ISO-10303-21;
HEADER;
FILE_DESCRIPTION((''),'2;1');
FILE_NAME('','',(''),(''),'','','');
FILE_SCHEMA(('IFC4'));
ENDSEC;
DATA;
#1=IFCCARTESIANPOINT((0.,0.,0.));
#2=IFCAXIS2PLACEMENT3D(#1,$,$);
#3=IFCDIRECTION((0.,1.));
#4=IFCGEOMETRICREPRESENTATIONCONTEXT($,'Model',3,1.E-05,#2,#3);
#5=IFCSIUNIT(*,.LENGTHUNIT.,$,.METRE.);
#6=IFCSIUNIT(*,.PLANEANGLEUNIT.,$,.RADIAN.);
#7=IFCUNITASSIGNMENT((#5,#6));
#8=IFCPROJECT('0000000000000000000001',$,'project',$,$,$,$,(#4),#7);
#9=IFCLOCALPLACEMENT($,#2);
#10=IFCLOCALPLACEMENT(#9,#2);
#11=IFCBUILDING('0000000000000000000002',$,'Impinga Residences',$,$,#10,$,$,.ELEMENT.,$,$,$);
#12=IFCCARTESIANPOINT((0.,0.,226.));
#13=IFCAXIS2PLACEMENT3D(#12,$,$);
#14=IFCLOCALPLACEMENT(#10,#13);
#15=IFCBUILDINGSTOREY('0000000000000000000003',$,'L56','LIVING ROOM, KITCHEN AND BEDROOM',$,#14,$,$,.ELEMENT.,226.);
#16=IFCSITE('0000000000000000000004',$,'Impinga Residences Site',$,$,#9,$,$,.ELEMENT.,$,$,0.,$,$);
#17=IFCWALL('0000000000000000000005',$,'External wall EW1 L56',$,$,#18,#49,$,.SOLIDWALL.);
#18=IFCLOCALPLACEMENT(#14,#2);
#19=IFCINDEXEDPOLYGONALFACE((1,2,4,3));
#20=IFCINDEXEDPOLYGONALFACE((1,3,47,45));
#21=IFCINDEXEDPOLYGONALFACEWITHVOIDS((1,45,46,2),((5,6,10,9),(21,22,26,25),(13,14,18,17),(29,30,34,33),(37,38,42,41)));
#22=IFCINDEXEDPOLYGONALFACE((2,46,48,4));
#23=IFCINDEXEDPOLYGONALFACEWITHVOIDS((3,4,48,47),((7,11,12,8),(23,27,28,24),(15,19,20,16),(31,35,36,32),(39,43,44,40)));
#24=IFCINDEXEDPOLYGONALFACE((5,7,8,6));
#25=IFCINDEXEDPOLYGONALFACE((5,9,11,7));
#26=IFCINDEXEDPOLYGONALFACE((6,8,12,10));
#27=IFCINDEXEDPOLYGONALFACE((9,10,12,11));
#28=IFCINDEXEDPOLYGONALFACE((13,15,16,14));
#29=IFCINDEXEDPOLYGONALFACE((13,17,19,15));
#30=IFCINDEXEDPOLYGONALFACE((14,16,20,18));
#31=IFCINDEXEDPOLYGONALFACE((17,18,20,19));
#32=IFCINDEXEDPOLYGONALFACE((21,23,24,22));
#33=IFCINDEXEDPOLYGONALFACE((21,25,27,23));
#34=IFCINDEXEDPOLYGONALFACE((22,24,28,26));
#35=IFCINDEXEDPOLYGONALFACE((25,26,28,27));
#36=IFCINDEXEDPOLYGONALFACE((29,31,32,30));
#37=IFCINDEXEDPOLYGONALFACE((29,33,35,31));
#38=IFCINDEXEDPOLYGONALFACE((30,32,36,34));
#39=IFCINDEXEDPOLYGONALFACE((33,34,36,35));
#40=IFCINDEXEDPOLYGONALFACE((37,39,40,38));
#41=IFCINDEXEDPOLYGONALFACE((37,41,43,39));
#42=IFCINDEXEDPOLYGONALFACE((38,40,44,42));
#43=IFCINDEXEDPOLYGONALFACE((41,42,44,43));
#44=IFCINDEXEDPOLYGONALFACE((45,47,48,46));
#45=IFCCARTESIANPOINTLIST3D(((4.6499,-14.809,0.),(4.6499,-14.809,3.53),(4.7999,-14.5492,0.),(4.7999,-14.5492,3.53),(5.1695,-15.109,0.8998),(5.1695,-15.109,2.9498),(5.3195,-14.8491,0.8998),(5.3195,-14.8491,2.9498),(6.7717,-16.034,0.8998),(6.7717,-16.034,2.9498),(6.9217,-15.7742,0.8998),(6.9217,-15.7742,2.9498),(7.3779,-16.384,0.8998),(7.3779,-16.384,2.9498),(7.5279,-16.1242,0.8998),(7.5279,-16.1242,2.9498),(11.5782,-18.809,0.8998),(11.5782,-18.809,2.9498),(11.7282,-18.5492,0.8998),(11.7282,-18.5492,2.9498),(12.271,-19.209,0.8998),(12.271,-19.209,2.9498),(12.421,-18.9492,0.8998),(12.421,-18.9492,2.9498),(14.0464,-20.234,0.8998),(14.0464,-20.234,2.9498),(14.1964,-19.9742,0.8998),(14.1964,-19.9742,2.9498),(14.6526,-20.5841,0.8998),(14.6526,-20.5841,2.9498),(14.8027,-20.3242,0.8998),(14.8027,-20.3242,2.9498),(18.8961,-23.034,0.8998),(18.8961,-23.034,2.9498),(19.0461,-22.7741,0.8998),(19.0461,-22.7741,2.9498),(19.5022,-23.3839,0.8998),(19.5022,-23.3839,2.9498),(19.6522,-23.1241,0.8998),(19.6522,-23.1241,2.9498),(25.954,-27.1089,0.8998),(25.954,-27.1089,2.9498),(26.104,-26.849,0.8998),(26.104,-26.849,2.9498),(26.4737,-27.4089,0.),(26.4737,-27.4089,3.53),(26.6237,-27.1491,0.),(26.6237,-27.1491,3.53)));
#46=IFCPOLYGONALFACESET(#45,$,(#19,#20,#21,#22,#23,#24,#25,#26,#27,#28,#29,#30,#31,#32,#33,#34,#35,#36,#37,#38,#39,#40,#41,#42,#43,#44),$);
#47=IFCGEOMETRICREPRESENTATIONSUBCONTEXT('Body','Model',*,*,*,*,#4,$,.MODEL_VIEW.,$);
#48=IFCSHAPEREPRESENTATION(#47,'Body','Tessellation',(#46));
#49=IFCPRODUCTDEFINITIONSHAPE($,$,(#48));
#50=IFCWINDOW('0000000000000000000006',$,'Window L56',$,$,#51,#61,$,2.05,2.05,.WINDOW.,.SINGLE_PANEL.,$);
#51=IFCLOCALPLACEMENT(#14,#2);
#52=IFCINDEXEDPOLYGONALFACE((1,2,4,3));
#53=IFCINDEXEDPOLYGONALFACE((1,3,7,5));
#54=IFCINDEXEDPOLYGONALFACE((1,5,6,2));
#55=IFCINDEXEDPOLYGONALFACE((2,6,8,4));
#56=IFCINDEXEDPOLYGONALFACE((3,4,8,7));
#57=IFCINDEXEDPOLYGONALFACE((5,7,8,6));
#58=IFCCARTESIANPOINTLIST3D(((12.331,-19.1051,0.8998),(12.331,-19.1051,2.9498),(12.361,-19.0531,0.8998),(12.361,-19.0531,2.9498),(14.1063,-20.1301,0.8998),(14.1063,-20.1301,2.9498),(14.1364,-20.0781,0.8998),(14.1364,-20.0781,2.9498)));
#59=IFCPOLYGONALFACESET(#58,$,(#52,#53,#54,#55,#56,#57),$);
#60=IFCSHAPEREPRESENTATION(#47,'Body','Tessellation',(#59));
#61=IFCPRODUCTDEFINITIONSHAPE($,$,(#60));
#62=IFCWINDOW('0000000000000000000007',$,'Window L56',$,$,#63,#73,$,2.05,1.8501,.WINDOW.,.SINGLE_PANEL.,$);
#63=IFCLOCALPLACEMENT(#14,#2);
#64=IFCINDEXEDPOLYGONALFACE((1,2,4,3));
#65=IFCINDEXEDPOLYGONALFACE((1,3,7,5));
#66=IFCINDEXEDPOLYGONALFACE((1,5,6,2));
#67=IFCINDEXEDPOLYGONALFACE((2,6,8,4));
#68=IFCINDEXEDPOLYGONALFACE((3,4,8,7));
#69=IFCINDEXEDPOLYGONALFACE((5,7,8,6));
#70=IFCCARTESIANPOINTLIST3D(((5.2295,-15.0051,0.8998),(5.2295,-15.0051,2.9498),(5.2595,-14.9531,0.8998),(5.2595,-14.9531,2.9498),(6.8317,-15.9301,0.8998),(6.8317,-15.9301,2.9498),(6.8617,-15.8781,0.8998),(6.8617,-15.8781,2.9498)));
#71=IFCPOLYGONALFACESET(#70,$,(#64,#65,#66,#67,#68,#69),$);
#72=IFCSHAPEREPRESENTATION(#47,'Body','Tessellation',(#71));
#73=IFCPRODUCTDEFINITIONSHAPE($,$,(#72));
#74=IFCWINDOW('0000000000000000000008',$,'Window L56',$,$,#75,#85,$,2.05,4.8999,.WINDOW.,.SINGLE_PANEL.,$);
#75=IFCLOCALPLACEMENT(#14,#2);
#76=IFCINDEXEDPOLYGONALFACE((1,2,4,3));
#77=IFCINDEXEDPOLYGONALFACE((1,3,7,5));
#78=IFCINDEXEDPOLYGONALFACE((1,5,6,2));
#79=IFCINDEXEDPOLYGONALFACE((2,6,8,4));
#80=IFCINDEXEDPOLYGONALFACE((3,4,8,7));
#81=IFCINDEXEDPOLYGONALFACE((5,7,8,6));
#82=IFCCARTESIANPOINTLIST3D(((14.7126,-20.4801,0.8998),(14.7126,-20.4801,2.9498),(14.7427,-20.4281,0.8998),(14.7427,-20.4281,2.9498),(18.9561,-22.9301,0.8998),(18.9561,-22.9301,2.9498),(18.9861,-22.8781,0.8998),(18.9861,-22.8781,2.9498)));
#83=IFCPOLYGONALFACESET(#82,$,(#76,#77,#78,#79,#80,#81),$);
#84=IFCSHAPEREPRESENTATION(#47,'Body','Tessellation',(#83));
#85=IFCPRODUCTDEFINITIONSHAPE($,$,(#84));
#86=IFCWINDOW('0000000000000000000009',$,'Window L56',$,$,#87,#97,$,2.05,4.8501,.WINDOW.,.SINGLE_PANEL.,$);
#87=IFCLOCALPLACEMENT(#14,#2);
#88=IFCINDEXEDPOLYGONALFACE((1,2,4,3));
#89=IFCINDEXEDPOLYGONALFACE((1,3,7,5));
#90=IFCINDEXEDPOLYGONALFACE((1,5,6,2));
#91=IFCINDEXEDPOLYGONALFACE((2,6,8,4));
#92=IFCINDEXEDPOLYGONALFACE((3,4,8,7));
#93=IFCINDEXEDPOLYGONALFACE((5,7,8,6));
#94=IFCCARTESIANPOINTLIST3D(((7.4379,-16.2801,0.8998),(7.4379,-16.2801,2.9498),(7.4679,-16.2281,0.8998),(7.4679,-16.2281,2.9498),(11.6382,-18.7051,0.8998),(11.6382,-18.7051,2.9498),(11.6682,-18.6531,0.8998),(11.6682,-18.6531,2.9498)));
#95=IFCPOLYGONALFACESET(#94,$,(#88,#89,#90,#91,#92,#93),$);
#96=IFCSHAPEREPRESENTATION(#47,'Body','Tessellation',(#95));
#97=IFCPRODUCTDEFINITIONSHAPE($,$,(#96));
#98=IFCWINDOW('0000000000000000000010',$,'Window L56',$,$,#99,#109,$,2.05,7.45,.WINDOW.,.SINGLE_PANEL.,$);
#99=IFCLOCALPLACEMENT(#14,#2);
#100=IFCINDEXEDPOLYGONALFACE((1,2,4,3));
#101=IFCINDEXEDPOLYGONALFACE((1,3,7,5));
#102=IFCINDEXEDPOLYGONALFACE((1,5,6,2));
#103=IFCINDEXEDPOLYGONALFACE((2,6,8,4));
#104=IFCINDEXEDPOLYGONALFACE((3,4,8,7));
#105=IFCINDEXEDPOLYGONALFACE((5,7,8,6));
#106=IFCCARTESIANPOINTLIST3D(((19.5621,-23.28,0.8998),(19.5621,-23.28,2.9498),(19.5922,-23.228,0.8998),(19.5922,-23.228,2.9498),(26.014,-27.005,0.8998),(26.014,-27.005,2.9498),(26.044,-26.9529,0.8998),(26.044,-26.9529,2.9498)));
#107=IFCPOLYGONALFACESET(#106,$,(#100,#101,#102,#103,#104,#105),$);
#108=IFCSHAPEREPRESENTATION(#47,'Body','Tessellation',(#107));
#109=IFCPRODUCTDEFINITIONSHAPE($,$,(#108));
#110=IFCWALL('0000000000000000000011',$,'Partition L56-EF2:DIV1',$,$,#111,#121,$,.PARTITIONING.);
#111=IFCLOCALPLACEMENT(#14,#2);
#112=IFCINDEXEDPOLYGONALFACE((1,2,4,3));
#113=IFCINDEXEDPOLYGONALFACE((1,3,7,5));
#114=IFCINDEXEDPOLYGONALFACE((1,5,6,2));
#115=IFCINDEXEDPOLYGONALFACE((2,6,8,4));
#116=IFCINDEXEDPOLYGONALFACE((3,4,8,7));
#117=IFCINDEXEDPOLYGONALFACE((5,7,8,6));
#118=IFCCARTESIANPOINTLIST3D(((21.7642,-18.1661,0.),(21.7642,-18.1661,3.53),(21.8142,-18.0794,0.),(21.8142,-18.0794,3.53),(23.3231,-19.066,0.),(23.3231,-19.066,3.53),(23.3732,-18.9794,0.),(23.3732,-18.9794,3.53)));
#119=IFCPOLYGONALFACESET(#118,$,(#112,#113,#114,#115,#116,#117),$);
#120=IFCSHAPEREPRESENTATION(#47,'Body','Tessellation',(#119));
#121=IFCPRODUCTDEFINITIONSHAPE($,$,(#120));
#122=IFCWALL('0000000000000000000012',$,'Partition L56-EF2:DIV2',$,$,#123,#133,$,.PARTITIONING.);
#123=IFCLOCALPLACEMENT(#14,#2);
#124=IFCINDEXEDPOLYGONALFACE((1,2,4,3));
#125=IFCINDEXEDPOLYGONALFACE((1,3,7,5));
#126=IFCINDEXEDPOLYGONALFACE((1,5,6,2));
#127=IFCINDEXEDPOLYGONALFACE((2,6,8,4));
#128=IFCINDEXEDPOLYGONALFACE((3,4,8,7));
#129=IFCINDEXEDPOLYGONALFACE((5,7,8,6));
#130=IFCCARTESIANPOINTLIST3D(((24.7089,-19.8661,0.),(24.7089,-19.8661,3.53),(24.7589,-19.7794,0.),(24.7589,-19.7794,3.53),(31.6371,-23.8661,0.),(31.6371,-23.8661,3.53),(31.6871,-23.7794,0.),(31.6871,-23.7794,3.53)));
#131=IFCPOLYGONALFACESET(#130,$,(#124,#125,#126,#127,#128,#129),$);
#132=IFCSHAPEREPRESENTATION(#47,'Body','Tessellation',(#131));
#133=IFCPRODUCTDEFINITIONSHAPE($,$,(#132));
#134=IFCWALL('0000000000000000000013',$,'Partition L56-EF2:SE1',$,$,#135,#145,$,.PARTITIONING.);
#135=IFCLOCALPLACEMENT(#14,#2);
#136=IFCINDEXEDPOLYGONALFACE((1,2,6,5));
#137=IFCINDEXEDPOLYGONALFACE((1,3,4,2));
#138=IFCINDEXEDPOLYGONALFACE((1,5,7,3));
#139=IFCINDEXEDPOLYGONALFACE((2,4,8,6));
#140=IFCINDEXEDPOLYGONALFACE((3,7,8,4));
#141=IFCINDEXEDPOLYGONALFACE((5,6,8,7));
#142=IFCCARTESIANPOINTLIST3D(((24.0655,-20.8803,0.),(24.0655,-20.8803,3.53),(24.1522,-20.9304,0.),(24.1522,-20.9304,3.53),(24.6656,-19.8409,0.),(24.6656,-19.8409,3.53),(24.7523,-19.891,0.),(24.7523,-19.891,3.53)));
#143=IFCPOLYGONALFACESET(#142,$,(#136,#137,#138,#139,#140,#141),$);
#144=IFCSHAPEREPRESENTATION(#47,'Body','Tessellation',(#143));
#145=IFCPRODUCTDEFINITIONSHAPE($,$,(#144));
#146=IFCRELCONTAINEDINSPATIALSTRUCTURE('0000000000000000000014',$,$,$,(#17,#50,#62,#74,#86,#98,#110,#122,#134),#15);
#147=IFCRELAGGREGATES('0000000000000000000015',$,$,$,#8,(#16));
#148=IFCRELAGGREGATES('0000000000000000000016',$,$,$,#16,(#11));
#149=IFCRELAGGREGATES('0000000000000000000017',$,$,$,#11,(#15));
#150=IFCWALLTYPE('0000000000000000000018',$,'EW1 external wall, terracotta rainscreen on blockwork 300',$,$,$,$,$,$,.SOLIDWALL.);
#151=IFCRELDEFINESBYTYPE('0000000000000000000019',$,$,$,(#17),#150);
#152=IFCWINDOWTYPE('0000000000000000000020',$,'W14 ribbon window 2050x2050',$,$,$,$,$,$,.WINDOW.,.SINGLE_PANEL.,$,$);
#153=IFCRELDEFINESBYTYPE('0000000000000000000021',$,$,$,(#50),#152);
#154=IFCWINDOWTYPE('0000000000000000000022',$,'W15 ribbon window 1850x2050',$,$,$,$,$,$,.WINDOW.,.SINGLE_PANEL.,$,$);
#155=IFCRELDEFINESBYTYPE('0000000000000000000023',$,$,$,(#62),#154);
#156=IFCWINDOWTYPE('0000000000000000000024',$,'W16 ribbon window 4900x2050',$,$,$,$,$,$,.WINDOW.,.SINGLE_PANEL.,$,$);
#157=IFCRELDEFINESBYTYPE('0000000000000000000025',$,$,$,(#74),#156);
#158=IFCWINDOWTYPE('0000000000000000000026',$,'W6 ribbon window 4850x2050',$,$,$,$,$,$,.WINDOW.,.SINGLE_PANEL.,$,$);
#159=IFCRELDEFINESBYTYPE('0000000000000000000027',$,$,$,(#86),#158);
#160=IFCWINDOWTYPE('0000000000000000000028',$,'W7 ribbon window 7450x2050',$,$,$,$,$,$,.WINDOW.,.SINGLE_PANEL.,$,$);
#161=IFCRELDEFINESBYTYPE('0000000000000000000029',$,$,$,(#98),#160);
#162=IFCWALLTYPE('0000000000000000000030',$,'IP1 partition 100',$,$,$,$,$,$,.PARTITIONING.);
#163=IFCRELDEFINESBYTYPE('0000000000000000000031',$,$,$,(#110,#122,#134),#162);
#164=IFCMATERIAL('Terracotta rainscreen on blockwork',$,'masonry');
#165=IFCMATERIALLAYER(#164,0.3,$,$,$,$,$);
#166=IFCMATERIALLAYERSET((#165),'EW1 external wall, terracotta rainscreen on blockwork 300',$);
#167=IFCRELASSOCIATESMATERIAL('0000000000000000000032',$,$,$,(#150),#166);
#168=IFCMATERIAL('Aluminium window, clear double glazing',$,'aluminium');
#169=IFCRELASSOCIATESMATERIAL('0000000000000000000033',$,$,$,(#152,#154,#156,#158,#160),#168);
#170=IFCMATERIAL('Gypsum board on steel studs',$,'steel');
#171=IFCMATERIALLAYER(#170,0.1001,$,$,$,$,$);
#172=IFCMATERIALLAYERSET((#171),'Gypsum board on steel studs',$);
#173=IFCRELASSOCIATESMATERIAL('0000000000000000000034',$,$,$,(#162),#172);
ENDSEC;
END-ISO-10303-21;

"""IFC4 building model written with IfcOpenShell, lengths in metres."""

from ifc_helpers import new_model, si_unit, direction, frame, frame_2d, origin, place, context, subcontext, project, spatial, rectangle, extrude, material, layer, layer_set, type_object, element, fill, save


model = new_model("IFC4")

# Units and contexts
model_context = context("Model", 3, precision=1e-05, world=origin(), true_north=direction((0.0, 1.0)))
body_context = subcontext(model_context, "Body", "Model", "MODEL_VIEW")
ifc_project = project(units=[si_unit("LENGTHUNIT", "METRE"), si_unit("PLANEANGLEUNIT", "RADIAN")], contexts=[model_context])

# Site, building, storey
site_placement = place(None, origin())
site = spatial("IfcSite", under=ifc_project, at=site_placement, Name="Impinga Residences Site", CompositionType="ELEMENT", RefElevation=0.0)
building_placement = place(site_placement, origin())
building = spatial("IfcBuilding", under=site, at=building_placement, Name="Impinga Residences", CompositionType="ELEMENT")
storey_placement = place(building_placement, frame((0.0, 0.0, 226.0)))
storey = spatial("IfcBuildingStorey", under=building, at=storey_placement, Name="L56", Description="LIVING ROOM, KITCHEN AND BEDROOM", CompositionType="ELEMENT", Elevation=226.0)

# Shared definitions
ifc_material_1 = material(Name="Terracotta rainscreen on blockwork", Category="masonry")
ifc_layer_1 = layer(ifc_material_1, 0.3)
ifc_layer_set_1 = layer_set([ifc_layer_1], Name="EW1 external wall, terracotta rainscreen on blockwork 300")
wall_type_1 = type_object("IfcWallType", Name="EW1 external wall, terracotta rainscreen on blockwork 300", PredefinedType="SOLIDWALL", material=ifc_layer_set_1)

# Wall, openings, windows
wall_1_placement = place(storey_placement, frame((26.5488, -27.2791, 0.0), z_axis=(0.0, 0.0, 1.0), x_axis=(-0.866027, 0.499998, 0.0)))
wall_1 = element("IfcWall", 1, at=wall_1_placement, inside=storey, type_object=wall_type_1, Name="External wall EW1 L56", PredefinedType="SOLIDWALL", context=body_context, shape_type="SweptSolid", body=[
    extrude(rectangle(XDim=25.2, YDim=0.3, at=frame_2d((12.6001, 0.0))), origin(), (0.0, 0.0, 1.0), 3.53),
])
opening_1_placement = place(wall_1_placement, frame((0.6001, 0.0, 0.8999)))
opening_1 = element("IfcOpeningElement", 2, at=opening_1_placement, cuts=wall_1, PredefinedType="OPENING", context=body_context, shape_type="SweptSolid", body=[
    extrude(rectangle(XDim=7.45, YDim=2.05, at=frame_2d((3.7251, 1.0249))), frame((0.0, 0.1599, 0.0), z_axis=(0.0, -1.0, 0.0), x_axis=(1.0, 0.0, 0.0)), (0.0, 0.0, 1.0), 0.3201),
])
opening_2_placement = place(wall_1_placement, frame((8.75, 0.0, 0.8999)))
opening_2 = element("IfcOpeningElement", 3, at=opening_2_placement, cuts=wall_1, PredefinedType="OPENING", context=body_context, shape_type="SweptSolid", body=[
    extrude(rectangle(XDim=4.8999, YDim=2.05, at=frame_2d((2.45, 1.0249))), frame((0.0, 0.1599, 0.0), z_axis=(0.0, -1.0, 0.0), x_axis=(1.0, 0.0, 0.0)), (0.0, 0.0, 1.0), 0.3201),
])
opening_3_placement = place(wall_1_placement, frame((14.3501, 0.0, 0.8999)))
opening_3 = element("IfcOpeningElement", 4, at=opening_3_placement, cuts=wall_1, PredefinedType="OPENING", context=body_context, shape_type="SweptSolid", body=[
    extrude(rectangle(XDim=2.05, YDim=2.05, at=frame_2d((1.0249, 1.0249))), frame((0.0, 0.1599, 0.0), z_axis=(0.0, -1.0, 0.0), x_axis=(1.0, 0.0, 0.0)), (0.0, 0.0, 1.0), 0.3201),
])
opening_4_placement = place(wall_1_placement, frame((17.2, 0.0, 0.8999)))
opening_4 = element("IfcOpeningElement", 5, at=opening_4_placement, cuts=wall_1, PredefinedType="OPENING", context=body_context, shape_type="SweptSolid", body=[
    extrude(rectangle(XDim=4.8501, YDim=2.05, at=frame_2d((2.425, 1.0249))), frame((0.0, 0.1599, 0.0), z_axis=(0.0, -1.0, 0.0), x_axis=(1.0, 0.0, 0.0)), (0.0, 0.0, 1.0), 0.3201),
])
opening_5_placement = place(wall_1_placement, frame((22.75, 0.0, 0.8999)))
opening_5 = element("IfcOpeningElement", 6, at=opening_5_placement, cuts=wall_1, PredefinedType="OPENING", context=body_context, shape_type="SweptSolid", body=[
    extrude(rectangle(XDim=1.8501, YDim=2.05, at=frame_2d((0.925, 1.0249))), frame((0.0, 0.1599, 0.0), z_axis=(0.0, -1.0, 0.0), x_axis=(1.0, 0.0, 0.0)), (0.0, 0.0, 1.0), 0.3201),
])
ifc_material_2 = material(Name="Aluminium window, clear double glazing", Category="aluminium")
window_type_1 = type_object("IfcWindowType", Name="W14 ribbon window 2050x2050", PartitioningType="SINGLE_PANEL", PredefinedType="WINDOW", material=ifc_material_2)
window_1_placement = place(opening_3_placement, origin())
window_1 = element("IfcWindow", 7, at=window_1_placement, inside=storey, type_object=window_type_1, Name="Window L56", OverallHeight=2.05, OverallWidth=2.05, PartitioningType="SINGLE_PANEL", PredefinedType="WINDOW", context=body_context, shape_type="SweptSolid", body=[
    extrude(rectangle(XDim=2.05, YDim=2.05, at=frame_2d((1.0249, 1.0249))), frame((0.0, 0.03, 0.0), z_axis=(0.0, -1.0, 0.0), x_axis=(1.0, 0.0, 0.0)), (0.0, 0.0, 1.0), 0.0601),
])
fill(opening_3, window_1)
window_type_2 = type_object("IfcWindowType", Name="W15 ribbon window 1850x2050", PartitioningType="SINGLE_PANEL", PredefinedType="WINDOW", material=ifc_material_2)
window_2_placement = place(opening_5_placement, origin())
window_2 = element("IfcWindow", 8, at=window_2_placement, inside=storey, type_object=window_type_2, Name="Window L56", OverallHeight=2.05, OverallWidth=1.8501, PartitioningType="SINGLE_PANEL", PredefinedType="WINDOW", context=body_context, shape_type="SweptSolid", body=[
    extrude(rectangle(XDim=1.8501, YDim=2.05, at=frame_2d((0.925, 1.0249))), frame((0.0, 0.03, 0.0), z_axis=(0.0, -1.0, 0.0), x_axis=(1.0, 0.0, 0.0)), (0.0, 0.0, 1.0), 0.0601),
])
fill(opening_5, window_2)
window_type_3 = type_object("IfcWindowType", Name="W16 ribbon window 4900x2050", PartitioningType="SINGLE_PANEL", PredefinedType="WINDOW", material=ifc_material_2)
window_3_placement = place(opening_2_placement, origin())
window_3 = element("IfcWindow", 9, at=window_3_placement, inside=storey, type_object=window_type_3, Name="Window L56", OverallHeight=2.05, OverallWidth=4.8999, PartitioningType="SINGLE_PANEL", PredefinedType="WINDOW", context=body_context, shape_type="SweptSolid", body=[
    extrude(rectangle(XDim=4.8999, YDim=2.05, at=frame_2d((2.45, 1.0249))), frame((0.0, 0.03, 0.0), z_axis=(0.0, -1.0, 0.0), x_axis=(1.0, 0.0, 0.0)), (0.0, 0.0, 1.0), 0.0601),
])
fill(opening_2, window_3)
window_type_4 = type_object("IfcWindowType", Name="W6 ribbon window 4850x2050", PartitioningType="SINGLE_PANEL", PredefinedType="WINDOW", material=ifc_material_2)
window_4_placement = place(opening_4_placement, origin())
window_4 = element("IfcWindow", 10, at=window_4_placement, inside=storey, type_object=window_type_4, Name="Window L56", OverallHeight=2.05, OverallWidth=4.8501, PartitioningType="SINGLE_PANEL", PredefinedType="WINDOW", context=body_context, shape_type="SweptSolid", body=[
    extrude(rectangle(XDim=4.8501, YDim=2.05, at=frame_2d((2.425, 1.0249))), frame((0.0, 0.03, 0.0), z_axis=(0.0, -1.0, 0.0), x_axis=(1.0, 0.0, 0.0)), (0.0, 0.0, 1.0), 0.0601),
])
fill(opening_4, window_4)
window_type_5 = type_object("IfcWindowType", Name="W7 ribbon window 7450x2050", PartitioningType="SINGLE_PANEL", PredefinedType="WINDOW", material=ifc_material_2)
window_5_placement = place(opening_1_placement, origin())
window_5 = element("IfcWindow", 11, at=window_5_placement, inside=storey, type_object=window_type_5, Name="Window L56", OverallHeight=2.05, OverallWidth=7.45, PartitioningType="SINGLE_PANEL", PredefinedType="WINDOW", context=body_context, shape_type="SweptSolid", body=[
    extrude(rectangle(XDim=7.45, YDim=2.05, at=frame_2d((3.7251, 1.0249))), frame((0.0, 0.03, 0.0), z_axis=(0.0, -1.0, 0.0), x_axis=(1.0, 0.0, 0.0)), (0.0, 0.0, 1.0), 0.0601),
])
fill(opening_1, window_5)

# Walls
ifc_material_3 = material(Name="Gypsum board on steel studs", Category="steel")
ifc_layer_2 = layer(ifc_material_3, 0.1001)
ifc_layer_set_2 = layer_set([ifc_layer_2], Name="Gypsum board on steel studs")
wall_type_2 = type_object("IfcWallType", Name="IP1 partition 100", PredefinedType="PARTITIONING", material=ifc_layer_set_2)
wall_2_placement = place(storey_placement, frame((21.7893, -18.1228, 0.0), z_axis=(0.0, 0.0, 1.0), x_axis=(0.866048, -0.499961, 0.0)))
element("IfcWall", 12, at=wall_2_placement, inside=storey, type_object=wall_type_2, Name="Partition L56-EF2:DIV1", PredefinedType="PARTITIONING", context=body_context, shape_type="SweptSolid", body=[
    extrude(rectangle(XDim=1.8, YDim=0.1001, at=frame_2d((0.8999, 0.0))), origin(), (0.0, 0.0, 1.0), 3.53),
])
wall_3_placement = place(storey_placement, frame((24.7339, -19.8228, 0.0), z_axis=(0.0, 0.0, 1.0), x_axis=(0.866026, -0.499999, 0.0)))
element("IfcWall", 13, at=wall_3_placement, inside=storey, type_object=wall_type_2, Name="Partition L56-EF2:DIV2", PredefinedType="PARTITIONING", context=body_context, shape_type="SweptSolid", body=[
    extrude(rectangle(XDim=8.0, YDim=0.1001, at=frame_2d((4.0, 0.0))), origin(), (0.0, 0.0, 1.0), 3.53),
])
wall_4_placement = place(storey_placement, frame((24.709, -19.866, 0.0), z_axis=(0.0, 0.0, 1.0), x_axis=(-0.500034, -0.866006, 0.0)))
element("IfcWall", 14, at=wall_4_placement, inside=storey, type_object=wall_type_2, Name="Partition L56-EF2:SE1", PredefinedType="PARTITIONING", context=body_context, shape_type="SweptSolid", body=[
    extrude(rectangle(XDim=1.2002, YDim=0.1001, at=frame_2d((0.6001, 0.0))), origin(), (0.0, 0.0, 1.0), 3.53),
])

save(model, "model.ifc")
